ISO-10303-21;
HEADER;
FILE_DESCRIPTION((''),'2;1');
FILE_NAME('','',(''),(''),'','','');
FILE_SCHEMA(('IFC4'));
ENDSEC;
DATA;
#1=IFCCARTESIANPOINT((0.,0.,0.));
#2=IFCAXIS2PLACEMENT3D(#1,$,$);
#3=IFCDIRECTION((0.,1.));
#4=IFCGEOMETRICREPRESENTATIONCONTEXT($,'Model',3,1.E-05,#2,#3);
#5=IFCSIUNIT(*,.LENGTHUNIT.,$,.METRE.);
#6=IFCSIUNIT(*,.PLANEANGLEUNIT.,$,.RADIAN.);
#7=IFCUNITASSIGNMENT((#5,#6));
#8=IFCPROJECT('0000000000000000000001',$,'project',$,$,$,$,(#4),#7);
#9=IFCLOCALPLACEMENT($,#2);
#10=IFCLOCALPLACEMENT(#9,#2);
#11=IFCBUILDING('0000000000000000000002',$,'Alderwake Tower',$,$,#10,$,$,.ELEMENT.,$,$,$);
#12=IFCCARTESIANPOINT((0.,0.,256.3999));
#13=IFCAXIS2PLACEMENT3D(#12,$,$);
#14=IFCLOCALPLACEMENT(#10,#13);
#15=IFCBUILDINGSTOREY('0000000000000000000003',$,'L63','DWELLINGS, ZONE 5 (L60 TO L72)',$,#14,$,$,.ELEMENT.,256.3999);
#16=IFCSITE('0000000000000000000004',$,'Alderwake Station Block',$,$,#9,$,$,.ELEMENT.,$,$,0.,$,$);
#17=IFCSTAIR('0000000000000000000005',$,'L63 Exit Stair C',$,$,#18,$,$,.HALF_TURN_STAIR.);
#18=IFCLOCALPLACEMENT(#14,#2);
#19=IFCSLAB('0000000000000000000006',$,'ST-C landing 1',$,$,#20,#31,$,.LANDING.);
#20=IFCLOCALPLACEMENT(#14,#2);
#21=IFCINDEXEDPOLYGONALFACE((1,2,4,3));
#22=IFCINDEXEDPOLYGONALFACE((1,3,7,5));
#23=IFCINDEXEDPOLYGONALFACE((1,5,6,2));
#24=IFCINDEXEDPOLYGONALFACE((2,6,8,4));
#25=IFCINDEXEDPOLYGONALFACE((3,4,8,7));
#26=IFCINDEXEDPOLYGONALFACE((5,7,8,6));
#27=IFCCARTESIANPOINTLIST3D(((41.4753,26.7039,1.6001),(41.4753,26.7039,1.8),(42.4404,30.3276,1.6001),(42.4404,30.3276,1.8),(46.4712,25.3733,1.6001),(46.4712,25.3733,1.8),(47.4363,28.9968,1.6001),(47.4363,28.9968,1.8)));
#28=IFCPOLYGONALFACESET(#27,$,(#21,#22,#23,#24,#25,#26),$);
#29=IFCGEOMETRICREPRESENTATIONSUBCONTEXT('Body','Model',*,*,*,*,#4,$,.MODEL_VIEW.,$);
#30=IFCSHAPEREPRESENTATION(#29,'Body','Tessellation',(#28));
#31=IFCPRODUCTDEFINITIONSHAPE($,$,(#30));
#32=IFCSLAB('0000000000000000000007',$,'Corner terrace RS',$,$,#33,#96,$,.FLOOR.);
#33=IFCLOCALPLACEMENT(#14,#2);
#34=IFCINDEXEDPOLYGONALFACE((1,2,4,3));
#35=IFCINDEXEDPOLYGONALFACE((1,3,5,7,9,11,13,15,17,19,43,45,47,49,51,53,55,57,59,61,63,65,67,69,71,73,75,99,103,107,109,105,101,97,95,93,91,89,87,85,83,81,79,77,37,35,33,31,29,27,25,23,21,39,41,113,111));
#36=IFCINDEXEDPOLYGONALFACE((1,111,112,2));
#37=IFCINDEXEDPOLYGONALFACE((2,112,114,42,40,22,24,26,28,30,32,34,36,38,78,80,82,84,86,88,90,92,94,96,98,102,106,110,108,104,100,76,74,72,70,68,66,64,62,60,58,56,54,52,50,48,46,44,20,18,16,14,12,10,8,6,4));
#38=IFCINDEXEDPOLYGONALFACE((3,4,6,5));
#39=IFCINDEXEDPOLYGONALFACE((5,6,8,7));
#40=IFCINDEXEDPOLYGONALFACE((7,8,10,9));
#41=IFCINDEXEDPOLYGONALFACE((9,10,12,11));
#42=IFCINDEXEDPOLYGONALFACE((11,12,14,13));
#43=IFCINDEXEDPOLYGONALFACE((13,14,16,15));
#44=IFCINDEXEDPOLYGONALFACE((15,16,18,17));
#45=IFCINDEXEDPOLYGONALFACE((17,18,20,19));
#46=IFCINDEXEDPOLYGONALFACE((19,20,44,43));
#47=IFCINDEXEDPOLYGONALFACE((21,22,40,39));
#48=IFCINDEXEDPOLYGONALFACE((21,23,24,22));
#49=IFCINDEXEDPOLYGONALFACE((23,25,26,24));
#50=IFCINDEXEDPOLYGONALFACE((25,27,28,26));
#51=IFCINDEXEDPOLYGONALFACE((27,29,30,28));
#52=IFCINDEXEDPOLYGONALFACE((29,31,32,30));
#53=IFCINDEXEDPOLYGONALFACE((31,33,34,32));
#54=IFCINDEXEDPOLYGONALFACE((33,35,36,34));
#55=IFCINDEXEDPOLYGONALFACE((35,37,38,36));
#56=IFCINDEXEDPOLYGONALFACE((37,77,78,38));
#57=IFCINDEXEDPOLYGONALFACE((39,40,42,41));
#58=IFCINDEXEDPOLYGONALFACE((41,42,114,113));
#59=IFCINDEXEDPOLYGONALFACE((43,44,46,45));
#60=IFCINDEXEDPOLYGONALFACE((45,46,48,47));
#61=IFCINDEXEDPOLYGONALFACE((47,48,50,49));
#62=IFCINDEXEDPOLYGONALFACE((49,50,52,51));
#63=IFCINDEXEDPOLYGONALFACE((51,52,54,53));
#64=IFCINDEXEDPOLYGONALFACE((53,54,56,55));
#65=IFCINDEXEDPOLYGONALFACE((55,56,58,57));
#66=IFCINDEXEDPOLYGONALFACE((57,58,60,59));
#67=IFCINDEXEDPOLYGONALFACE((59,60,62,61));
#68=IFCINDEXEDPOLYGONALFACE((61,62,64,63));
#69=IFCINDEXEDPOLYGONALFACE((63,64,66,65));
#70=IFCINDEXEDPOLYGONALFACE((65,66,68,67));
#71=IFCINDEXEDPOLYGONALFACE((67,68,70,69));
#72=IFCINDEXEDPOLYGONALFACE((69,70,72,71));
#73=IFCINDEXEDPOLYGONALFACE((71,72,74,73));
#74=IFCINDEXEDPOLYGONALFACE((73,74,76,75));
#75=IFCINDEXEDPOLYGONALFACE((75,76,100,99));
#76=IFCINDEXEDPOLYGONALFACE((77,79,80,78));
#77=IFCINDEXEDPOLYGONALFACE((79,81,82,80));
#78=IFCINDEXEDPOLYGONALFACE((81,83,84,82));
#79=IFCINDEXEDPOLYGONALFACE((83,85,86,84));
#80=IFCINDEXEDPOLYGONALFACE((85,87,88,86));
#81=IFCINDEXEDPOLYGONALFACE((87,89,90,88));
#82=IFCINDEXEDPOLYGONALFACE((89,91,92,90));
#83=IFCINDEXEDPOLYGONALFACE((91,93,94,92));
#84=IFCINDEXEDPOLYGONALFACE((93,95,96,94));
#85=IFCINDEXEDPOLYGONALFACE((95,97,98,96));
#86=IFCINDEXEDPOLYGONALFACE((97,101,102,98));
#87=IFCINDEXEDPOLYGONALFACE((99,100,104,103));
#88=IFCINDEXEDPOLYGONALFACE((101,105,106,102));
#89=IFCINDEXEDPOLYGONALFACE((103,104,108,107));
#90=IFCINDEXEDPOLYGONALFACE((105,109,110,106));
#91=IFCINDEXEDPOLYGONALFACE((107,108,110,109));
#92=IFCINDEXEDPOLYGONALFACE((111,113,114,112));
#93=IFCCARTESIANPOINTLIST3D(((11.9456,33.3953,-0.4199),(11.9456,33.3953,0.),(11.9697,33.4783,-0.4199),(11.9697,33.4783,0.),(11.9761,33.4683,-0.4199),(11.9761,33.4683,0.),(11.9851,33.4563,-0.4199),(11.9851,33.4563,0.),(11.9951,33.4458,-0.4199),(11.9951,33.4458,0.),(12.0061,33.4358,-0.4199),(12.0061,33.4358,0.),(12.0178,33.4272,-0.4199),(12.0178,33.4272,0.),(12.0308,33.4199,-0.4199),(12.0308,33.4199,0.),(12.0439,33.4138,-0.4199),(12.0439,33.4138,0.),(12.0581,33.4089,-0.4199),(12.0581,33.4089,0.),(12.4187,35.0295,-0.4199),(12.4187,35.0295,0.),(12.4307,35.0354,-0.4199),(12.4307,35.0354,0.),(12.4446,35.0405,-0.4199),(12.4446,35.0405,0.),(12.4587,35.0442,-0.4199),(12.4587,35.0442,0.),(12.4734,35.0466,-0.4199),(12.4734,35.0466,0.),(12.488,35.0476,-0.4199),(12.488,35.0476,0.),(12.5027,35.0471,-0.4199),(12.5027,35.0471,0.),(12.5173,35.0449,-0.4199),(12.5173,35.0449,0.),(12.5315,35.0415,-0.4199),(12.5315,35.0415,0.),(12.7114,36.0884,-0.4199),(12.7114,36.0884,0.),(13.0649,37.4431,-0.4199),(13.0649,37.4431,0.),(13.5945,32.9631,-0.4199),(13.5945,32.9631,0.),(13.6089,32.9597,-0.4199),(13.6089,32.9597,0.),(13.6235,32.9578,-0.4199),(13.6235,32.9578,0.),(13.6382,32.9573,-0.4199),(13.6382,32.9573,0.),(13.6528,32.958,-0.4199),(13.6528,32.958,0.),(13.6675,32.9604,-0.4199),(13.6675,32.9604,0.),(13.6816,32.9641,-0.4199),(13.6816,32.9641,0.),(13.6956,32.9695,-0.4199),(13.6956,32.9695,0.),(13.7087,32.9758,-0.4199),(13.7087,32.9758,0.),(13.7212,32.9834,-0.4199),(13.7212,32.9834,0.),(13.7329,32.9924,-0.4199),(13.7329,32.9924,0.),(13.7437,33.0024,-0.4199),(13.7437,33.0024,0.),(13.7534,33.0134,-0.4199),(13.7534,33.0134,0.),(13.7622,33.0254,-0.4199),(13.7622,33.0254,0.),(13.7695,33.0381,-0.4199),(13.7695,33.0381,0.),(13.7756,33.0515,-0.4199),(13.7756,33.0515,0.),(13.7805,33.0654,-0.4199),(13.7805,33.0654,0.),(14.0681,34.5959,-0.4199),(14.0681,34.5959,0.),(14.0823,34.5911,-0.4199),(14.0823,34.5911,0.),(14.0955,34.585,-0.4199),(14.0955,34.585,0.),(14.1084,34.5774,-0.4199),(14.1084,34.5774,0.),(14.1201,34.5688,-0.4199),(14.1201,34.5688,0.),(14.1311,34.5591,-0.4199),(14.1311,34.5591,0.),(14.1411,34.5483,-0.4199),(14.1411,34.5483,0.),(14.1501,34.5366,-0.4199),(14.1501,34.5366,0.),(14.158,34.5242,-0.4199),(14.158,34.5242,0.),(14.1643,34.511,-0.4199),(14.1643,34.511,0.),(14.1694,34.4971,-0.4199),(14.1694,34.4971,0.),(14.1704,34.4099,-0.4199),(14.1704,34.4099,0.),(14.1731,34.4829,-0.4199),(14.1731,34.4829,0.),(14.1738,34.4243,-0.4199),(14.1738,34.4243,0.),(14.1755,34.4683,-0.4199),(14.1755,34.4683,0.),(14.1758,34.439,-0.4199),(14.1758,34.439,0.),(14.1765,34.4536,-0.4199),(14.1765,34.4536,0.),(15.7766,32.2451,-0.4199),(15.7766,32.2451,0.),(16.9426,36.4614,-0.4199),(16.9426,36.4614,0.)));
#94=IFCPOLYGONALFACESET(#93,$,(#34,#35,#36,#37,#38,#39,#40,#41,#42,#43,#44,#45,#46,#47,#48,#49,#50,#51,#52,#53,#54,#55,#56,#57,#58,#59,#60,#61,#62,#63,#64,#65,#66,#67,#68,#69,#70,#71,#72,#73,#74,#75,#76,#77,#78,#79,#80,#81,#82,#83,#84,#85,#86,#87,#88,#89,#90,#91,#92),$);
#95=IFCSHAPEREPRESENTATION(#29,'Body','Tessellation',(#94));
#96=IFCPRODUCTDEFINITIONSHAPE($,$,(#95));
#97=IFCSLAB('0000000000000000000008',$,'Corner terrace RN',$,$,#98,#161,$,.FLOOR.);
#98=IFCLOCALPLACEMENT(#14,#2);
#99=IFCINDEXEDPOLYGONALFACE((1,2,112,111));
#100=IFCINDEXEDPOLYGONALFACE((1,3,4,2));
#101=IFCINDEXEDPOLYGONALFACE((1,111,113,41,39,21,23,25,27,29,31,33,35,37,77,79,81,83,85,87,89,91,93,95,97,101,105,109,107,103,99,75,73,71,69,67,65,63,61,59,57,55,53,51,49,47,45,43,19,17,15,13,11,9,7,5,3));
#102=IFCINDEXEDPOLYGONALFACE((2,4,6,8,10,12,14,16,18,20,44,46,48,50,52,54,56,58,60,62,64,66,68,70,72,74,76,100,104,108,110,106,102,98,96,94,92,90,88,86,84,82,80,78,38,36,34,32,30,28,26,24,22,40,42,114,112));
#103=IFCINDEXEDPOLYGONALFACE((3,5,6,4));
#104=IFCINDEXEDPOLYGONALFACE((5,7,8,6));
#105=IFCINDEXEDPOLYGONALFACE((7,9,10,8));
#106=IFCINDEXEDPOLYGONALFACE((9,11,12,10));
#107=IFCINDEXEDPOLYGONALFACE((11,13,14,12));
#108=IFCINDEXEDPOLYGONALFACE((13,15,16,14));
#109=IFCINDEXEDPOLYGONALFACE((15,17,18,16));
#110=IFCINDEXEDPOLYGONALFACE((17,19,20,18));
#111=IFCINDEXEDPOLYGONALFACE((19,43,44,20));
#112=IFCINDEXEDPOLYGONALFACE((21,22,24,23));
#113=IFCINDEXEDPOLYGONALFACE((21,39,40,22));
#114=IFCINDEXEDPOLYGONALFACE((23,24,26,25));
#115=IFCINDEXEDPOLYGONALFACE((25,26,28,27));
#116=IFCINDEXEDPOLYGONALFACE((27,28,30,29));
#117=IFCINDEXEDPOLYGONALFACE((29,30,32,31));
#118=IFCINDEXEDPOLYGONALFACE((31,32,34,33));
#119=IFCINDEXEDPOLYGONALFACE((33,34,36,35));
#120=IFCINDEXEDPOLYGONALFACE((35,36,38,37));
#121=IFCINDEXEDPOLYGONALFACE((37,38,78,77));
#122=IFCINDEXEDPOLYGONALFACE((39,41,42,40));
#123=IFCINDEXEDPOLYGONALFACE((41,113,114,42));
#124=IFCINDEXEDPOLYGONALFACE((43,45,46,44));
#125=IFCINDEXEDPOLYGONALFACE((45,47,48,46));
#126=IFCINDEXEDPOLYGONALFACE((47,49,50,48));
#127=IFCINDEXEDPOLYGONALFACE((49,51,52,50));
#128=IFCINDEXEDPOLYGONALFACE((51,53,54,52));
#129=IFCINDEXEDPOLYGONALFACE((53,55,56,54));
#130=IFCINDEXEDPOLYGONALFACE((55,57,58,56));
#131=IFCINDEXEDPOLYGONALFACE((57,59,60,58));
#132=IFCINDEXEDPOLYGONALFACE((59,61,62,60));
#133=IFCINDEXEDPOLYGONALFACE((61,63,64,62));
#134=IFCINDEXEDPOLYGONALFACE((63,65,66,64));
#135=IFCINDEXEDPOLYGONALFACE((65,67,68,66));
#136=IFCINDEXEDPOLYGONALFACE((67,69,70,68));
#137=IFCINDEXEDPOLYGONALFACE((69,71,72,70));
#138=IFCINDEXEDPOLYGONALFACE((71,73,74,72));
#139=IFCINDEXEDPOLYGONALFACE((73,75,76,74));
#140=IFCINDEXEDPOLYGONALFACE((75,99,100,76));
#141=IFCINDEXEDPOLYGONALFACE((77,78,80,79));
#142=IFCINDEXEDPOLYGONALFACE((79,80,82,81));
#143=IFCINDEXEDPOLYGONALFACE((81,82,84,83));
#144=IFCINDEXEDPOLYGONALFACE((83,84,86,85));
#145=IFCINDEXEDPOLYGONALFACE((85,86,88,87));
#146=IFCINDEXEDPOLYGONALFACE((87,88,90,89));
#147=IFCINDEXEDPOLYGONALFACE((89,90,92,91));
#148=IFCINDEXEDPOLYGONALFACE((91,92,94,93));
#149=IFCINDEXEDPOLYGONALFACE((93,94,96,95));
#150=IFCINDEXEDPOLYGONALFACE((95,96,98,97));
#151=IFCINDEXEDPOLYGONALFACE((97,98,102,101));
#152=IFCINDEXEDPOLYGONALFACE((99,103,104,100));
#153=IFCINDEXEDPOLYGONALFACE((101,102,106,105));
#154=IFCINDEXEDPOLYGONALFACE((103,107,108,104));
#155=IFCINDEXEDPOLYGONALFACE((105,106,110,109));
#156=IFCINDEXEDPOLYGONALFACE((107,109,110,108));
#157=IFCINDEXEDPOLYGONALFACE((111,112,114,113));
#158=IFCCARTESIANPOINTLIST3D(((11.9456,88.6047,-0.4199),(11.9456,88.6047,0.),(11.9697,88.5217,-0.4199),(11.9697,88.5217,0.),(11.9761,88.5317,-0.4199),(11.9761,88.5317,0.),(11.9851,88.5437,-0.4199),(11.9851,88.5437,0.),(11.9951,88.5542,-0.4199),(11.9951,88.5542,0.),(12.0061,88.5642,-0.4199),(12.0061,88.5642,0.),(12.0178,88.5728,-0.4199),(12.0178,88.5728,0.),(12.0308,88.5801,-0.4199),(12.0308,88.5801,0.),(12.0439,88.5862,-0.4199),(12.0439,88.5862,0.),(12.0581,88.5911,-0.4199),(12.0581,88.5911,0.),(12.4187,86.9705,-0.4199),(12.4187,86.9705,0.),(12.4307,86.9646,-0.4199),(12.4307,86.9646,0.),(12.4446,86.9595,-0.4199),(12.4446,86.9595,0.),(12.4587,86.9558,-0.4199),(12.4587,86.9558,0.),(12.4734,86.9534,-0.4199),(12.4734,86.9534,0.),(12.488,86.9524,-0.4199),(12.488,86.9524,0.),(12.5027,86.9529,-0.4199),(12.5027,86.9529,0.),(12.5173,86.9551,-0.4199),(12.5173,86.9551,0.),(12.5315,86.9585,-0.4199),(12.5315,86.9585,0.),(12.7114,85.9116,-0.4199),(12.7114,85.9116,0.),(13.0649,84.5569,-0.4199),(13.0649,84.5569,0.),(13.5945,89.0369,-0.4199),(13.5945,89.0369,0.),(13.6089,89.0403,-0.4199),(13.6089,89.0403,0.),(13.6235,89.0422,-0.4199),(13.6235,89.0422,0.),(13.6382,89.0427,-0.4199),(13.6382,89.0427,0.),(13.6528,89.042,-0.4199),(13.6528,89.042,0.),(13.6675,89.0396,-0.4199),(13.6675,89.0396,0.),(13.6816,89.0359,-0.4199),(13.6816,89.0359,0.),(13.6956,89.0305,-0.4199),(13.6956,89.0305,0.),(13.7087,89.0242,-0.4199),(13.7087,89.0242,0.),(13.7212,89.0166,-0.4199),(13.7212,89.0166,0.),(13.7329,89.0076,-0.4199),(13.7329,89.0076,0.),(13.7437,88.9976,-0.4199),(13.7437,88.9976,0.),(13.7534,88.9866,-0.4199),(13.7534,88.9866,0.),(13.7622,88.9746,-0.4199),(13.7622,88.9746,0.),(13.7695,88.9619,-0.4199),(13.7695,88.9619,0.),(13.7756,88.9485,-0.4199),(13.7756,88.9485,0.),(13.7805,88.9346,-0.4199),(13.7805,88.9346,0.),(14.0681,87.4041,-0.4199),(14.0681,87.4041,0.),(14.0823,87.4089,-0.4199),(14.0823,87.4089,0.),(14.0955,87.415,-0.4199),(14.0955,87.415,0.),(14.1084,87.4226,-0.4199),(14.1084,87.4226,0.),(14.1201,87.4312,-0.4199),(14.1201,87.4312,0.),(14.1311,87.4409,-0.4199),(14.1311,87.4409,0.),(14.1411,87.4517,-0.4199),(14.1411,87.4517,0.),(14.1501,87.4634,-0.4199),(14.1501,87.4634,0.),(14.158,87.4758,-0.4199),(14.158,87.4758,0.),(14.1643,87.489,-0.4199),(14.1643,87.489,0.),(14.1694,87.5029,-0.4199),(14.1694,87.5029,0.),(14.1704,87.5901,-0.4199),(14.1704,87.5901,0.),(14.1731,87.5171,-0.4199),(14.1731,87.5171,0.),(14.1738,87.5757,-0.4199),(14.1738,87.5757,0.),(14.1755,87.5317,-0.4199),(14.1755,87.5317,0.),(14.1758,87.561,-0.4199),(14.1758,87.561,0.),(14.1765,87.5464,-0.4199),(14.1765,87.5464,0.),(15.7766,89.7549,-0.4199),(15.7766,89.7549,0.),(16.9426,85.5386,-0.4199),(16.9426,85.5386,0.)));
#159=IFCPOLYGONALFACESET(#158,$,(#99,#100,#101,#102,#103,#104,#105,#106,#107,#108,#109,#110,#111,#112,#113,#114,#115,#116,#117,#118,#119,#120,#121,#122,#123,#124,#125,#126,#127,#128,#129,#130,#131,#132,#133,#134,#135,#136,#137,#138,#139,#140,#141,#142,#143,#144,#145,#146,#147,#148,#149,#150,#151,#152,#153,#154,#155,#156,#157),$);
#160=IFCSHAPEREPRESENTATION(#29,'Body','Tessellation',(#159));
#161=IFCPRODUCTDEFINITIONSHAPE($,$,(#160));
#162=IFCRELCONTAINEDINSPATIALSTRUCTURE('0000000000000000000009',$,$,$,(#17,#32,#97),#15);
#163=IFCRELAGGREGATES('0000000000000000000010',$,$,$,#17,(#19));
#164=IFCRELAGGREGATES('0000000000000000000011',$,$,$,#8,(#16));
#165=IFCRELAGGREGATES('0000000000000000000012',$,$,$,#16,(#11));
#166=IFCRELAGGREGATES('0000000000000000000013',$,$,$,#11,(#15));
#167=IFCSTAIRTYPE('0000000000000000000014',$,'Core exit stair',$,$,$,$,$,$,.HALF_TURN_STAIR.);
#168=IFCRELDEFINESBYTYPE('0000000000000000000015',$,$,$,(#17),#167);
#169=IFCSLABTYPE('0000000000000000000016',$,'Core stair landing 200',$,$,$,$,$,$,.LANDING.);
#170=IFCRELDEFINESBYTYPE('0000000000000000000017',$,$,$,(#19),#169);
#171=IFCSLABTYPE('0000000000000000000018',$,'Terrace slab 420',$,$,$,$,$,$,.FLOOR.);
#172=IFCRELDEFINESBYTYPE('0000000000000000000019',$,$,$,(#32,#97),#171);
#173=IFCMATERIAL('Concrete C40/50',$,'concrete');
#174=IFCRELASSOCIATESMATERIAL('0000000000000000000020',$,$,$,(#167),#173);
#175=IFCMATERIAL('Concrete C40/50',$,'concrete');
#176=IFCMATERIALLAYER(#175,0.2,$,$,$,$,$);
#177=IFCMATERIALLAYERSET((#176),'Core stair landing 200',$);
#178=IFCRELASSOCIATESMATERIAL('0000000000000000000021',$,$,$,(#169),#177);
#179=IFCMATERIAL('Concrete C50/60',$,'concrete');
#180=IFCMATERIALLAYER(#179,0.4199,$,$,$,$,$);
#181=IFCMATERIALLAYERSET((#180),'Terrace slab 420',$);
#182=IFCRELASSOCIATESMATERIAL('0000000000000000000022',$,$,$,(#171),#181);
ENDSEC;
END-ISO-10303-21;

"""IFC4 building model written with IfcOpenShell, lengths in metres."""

from ifc_helpers import new_model, si_unit, direction, frame, origin, place, context, subcontext, project, spatial, polyline, outline, extrude, material, layer, layer_set, type_object, element, aggregate, save


model = new_model("IFC4")

# Units and contexts
model_context = context("Model", 3, precision=1e-05, world=origin(), true_north=direction((0.0, 1.0)))
body_context = subcontext(model_context, "Body", "Model", "MODEL_VIEW")
ifc_project = project(units=[si_unit("LENGTHUNIT", "METRE"), si_unit("PLANEANGLEUNIT", "RADIAN")], contexts=[model_context])

# Site, building, storey
site_placement = place(None, origin())
site = spatial("IfcSite", under=ifc_project, at=site_placement, Name="Alderwake Station Block", CompositionType="ELEMENT", RefElevation=0.0)
building_placement = place(site_placement, origin())
building = spatial("IfcBuilding", under=site, at=building_placement, Name="Alderwake Tower", CompositionType="ELEMENT")
storey_placement = place(building_placement, frame((0.0, 0.0, 256.3999)))
storey = spatial("IfcBuildingStorey", under=building, at=storey_placement, Name="L63", Description="DWELLINGS, ZONE 5 (L60 TO L72)", CompositionType="ELEMENT", Elevation=256.3999)

# Stair, slab
ifc_material_1 = material(Name="Concrete C40/50", Category="concrete")
stair_type = type_object("IfcStairType", Name="Core exit stair", PredefinedType="HALF_TURN_STAIR", material=ifc_material_1)
ifc_material_2 = material(Name="Concrete C40/50", Category="concrete")
ifc_layer_1 = layer(ifc_material_2, 0.2)
ifc_layer_set_1 = layer_set([ifc_layer_1], Name="Core stair landing 200")
slab_type_1 = type_object("IfcSlabType", Name="Core stair landing 200", PredefinedType="LANDING", material=ifc_layer_set_1)
stair_1_placement = place(storey_placement, origin())
stair_1 = element("IfcStair", 1, at=stair_1_placement, inside=storey, type_object=stair_type, Name="L63 Exit Stair C", PredefinedType="HALF_TURN_STAIR")
slab_1_placement = place(storey_placement, frame((0.0, 0.0, 1.6001)))
slab_1 = element("IfcSlab", 2, at=slab_1_placement, type_object=slab_type_1, Name="ST-C landing 1", PredefinedType="LANDING", context=body_context, shape_type="SweptSolid", body=[
    extrude(outline(polyline([(41.4753, 26.7039), (46.4712, 25.3733), (47.4363, 28.9968), (42.4404, 30.3276), (41.4753, 26.7039)])), origin(), (0.0, 0.0, 1.0), 0.2),
])
aggregate(stair_1, [slab_1])

# Slabs
ifc_material_3 = material(Name="Concrete C50/60", Category="concrete")
ifc_layer_2 = layer(ifc_material_3, 0.4199)
ifc_layer_set_2 = layer_set([ifc_layer_2], Name="Terrace slab 420")
slab_type_2 = type_object("IfcSlabType", Name="Terrace slab 420", PredefinedType="FLOOR", material=ifc_layer_set_2)
slab_2_placement = place(storey_placement, frame((0.0, 0.0, -0.4199)))
element("IfcSlab", 3, at=slab_2_placement, inside=storey, type_object=slab_type_2, Name="Corner terrace RS", PredefinedType="FLOOR", context=body_context, shape_type="SweptSolid", body=[
    extrude(outline(polyline([(15.7766, 32.2451), (11.9456, 33.3953), (11.9697, 33.4783), (11.9761, 33.4683), (11.9851, 33.4563), (11.9951, 33.4458), (12.0061, 33.4358), (12.0178, 33.4272), (12.0308, 33.4199), (12.0439, 33.4138), (12.0581, 33.4089), (13.5945, 32.9631), (13.6089, 32.9597), (13.6235, 32.9578), (13.6382, 32.9573), (13.6528, 32.958), (13.6675, 32.9604), (13.6816, 32.9641), (13.6956, 32.9695), (13.7087, 32.9758), (13.7212, 32.9834), (13.7329, 32.9924), (13.7437, 33.0024), (13.7534, 33.0134), (13.7622, 33.0254), (13.7695, 33.0381), (13.7756, 33.0515), (13.7805, 33.0654), (14.1704, 34.4099), (14.1738, 34.4243), (14.1758, 34.439), (14.1765, 34.4536), (14.1755, 34.4683), (14.1731, 34.4829), (14.1694, 34.4971), (14.1643, 34.511), (14.158, 34.5242), (14.1501, 34.5366), (14.1411, 34.5483), (14.1311, 34.5591), (14.1201, 34.5688), (14.1084, 34.5774), (14.0955, 34.585), (14.0823, 34.5911), (14.0681, 34.5959), (12.5315, 35.0415), (12.5173, 35.0449), (12.5027, 35.0471), (12.488, 35.0476), (12.4734, 35.0466), (12.4587, 35.0442), (12.4446, 35.0405), (12.4307, 35.0354), (12.4187, 35.0295), (12.7114, 36.0884), (13.0649, 37.4431), (16.9426, 36.4614), (15.7766, 32.2451)])), origin(), (0.0, 0.0, 1.0), 0.4199),
])
slab_3_placement = place(storey_placement, frame((0.0, 0.0, -0.4199)))
element("IfcSlab", 4, at=slab_3_placement, inside=storey, type_object=slab_type_2, Name="Corner terrace RN", PredefinedType="FLOOR", context=body_context, shape_type="SweptSolid", body=[
    extrude(outline(polyline([(12.4187, 86.9705), (12.4307, 86.9646), (12.4446, 86.9595), (12.4587, 86.9558), (12.4734, 86.9534), (12.488, 86.9524), (12.5027, 86.9529), (12.5173, 86.9551), (12.5315, 86.9585), (14.0681, 87.4041), (14.0823, 87.4089), (14.0955, 87.415), (14.1084, 87.4226), (14.1201, 87.4312), (14.1311, 87.4409), (14.1411, 87.4517), (14.1501, 87.4634), (14.158, 87.4758), (14.1643, 87.489), (14.1694, 87.5029), (14.1731, 87.5171), (14.1755, 87.5317), (14.1765, 87.5464), (14.1758, 87.561), (14.1738, 87.5757), (14.1704, 87.5901), (13.7805, 88.9346), (13.7756, 88.9485), (13.7695, 88.9619), (13.7622, 88.9746), (13.7534, 88.9866), (13.7437, 88.9976), (13.7329, 89.0076), (13.7212, 89.0166), (13.7087, 89.0242), (13.6956, 89.0305), (13.6816, 89.0359), (13.6675, 89.0396), (13.6528, 89.042), (13.6382, 89.0427), (13.6235, 89.0422), (13.6089, 89.0403), (13.5945, 89.0369), (12.0581, 88.5911), (12.0439, 88.5862), (12.0308, 88.5801), (12.0178, 88.5728), (12.0061, 88.5642), (11.9951, 88.5542), (11.9851, 88.5437), (11.9761, 88.5317), (11.9697, 88.5217), (11.9456, 88.6047), (15.7766, 89.7549), (16.9426, 85.5386), (13.0649, 84.5569), (12.7114, 85.9116), (12.4187, 86.9705)])), origin(), (0.0, 0.0, 1.0), 0.4199),
])

save(model, "model.ifc")
